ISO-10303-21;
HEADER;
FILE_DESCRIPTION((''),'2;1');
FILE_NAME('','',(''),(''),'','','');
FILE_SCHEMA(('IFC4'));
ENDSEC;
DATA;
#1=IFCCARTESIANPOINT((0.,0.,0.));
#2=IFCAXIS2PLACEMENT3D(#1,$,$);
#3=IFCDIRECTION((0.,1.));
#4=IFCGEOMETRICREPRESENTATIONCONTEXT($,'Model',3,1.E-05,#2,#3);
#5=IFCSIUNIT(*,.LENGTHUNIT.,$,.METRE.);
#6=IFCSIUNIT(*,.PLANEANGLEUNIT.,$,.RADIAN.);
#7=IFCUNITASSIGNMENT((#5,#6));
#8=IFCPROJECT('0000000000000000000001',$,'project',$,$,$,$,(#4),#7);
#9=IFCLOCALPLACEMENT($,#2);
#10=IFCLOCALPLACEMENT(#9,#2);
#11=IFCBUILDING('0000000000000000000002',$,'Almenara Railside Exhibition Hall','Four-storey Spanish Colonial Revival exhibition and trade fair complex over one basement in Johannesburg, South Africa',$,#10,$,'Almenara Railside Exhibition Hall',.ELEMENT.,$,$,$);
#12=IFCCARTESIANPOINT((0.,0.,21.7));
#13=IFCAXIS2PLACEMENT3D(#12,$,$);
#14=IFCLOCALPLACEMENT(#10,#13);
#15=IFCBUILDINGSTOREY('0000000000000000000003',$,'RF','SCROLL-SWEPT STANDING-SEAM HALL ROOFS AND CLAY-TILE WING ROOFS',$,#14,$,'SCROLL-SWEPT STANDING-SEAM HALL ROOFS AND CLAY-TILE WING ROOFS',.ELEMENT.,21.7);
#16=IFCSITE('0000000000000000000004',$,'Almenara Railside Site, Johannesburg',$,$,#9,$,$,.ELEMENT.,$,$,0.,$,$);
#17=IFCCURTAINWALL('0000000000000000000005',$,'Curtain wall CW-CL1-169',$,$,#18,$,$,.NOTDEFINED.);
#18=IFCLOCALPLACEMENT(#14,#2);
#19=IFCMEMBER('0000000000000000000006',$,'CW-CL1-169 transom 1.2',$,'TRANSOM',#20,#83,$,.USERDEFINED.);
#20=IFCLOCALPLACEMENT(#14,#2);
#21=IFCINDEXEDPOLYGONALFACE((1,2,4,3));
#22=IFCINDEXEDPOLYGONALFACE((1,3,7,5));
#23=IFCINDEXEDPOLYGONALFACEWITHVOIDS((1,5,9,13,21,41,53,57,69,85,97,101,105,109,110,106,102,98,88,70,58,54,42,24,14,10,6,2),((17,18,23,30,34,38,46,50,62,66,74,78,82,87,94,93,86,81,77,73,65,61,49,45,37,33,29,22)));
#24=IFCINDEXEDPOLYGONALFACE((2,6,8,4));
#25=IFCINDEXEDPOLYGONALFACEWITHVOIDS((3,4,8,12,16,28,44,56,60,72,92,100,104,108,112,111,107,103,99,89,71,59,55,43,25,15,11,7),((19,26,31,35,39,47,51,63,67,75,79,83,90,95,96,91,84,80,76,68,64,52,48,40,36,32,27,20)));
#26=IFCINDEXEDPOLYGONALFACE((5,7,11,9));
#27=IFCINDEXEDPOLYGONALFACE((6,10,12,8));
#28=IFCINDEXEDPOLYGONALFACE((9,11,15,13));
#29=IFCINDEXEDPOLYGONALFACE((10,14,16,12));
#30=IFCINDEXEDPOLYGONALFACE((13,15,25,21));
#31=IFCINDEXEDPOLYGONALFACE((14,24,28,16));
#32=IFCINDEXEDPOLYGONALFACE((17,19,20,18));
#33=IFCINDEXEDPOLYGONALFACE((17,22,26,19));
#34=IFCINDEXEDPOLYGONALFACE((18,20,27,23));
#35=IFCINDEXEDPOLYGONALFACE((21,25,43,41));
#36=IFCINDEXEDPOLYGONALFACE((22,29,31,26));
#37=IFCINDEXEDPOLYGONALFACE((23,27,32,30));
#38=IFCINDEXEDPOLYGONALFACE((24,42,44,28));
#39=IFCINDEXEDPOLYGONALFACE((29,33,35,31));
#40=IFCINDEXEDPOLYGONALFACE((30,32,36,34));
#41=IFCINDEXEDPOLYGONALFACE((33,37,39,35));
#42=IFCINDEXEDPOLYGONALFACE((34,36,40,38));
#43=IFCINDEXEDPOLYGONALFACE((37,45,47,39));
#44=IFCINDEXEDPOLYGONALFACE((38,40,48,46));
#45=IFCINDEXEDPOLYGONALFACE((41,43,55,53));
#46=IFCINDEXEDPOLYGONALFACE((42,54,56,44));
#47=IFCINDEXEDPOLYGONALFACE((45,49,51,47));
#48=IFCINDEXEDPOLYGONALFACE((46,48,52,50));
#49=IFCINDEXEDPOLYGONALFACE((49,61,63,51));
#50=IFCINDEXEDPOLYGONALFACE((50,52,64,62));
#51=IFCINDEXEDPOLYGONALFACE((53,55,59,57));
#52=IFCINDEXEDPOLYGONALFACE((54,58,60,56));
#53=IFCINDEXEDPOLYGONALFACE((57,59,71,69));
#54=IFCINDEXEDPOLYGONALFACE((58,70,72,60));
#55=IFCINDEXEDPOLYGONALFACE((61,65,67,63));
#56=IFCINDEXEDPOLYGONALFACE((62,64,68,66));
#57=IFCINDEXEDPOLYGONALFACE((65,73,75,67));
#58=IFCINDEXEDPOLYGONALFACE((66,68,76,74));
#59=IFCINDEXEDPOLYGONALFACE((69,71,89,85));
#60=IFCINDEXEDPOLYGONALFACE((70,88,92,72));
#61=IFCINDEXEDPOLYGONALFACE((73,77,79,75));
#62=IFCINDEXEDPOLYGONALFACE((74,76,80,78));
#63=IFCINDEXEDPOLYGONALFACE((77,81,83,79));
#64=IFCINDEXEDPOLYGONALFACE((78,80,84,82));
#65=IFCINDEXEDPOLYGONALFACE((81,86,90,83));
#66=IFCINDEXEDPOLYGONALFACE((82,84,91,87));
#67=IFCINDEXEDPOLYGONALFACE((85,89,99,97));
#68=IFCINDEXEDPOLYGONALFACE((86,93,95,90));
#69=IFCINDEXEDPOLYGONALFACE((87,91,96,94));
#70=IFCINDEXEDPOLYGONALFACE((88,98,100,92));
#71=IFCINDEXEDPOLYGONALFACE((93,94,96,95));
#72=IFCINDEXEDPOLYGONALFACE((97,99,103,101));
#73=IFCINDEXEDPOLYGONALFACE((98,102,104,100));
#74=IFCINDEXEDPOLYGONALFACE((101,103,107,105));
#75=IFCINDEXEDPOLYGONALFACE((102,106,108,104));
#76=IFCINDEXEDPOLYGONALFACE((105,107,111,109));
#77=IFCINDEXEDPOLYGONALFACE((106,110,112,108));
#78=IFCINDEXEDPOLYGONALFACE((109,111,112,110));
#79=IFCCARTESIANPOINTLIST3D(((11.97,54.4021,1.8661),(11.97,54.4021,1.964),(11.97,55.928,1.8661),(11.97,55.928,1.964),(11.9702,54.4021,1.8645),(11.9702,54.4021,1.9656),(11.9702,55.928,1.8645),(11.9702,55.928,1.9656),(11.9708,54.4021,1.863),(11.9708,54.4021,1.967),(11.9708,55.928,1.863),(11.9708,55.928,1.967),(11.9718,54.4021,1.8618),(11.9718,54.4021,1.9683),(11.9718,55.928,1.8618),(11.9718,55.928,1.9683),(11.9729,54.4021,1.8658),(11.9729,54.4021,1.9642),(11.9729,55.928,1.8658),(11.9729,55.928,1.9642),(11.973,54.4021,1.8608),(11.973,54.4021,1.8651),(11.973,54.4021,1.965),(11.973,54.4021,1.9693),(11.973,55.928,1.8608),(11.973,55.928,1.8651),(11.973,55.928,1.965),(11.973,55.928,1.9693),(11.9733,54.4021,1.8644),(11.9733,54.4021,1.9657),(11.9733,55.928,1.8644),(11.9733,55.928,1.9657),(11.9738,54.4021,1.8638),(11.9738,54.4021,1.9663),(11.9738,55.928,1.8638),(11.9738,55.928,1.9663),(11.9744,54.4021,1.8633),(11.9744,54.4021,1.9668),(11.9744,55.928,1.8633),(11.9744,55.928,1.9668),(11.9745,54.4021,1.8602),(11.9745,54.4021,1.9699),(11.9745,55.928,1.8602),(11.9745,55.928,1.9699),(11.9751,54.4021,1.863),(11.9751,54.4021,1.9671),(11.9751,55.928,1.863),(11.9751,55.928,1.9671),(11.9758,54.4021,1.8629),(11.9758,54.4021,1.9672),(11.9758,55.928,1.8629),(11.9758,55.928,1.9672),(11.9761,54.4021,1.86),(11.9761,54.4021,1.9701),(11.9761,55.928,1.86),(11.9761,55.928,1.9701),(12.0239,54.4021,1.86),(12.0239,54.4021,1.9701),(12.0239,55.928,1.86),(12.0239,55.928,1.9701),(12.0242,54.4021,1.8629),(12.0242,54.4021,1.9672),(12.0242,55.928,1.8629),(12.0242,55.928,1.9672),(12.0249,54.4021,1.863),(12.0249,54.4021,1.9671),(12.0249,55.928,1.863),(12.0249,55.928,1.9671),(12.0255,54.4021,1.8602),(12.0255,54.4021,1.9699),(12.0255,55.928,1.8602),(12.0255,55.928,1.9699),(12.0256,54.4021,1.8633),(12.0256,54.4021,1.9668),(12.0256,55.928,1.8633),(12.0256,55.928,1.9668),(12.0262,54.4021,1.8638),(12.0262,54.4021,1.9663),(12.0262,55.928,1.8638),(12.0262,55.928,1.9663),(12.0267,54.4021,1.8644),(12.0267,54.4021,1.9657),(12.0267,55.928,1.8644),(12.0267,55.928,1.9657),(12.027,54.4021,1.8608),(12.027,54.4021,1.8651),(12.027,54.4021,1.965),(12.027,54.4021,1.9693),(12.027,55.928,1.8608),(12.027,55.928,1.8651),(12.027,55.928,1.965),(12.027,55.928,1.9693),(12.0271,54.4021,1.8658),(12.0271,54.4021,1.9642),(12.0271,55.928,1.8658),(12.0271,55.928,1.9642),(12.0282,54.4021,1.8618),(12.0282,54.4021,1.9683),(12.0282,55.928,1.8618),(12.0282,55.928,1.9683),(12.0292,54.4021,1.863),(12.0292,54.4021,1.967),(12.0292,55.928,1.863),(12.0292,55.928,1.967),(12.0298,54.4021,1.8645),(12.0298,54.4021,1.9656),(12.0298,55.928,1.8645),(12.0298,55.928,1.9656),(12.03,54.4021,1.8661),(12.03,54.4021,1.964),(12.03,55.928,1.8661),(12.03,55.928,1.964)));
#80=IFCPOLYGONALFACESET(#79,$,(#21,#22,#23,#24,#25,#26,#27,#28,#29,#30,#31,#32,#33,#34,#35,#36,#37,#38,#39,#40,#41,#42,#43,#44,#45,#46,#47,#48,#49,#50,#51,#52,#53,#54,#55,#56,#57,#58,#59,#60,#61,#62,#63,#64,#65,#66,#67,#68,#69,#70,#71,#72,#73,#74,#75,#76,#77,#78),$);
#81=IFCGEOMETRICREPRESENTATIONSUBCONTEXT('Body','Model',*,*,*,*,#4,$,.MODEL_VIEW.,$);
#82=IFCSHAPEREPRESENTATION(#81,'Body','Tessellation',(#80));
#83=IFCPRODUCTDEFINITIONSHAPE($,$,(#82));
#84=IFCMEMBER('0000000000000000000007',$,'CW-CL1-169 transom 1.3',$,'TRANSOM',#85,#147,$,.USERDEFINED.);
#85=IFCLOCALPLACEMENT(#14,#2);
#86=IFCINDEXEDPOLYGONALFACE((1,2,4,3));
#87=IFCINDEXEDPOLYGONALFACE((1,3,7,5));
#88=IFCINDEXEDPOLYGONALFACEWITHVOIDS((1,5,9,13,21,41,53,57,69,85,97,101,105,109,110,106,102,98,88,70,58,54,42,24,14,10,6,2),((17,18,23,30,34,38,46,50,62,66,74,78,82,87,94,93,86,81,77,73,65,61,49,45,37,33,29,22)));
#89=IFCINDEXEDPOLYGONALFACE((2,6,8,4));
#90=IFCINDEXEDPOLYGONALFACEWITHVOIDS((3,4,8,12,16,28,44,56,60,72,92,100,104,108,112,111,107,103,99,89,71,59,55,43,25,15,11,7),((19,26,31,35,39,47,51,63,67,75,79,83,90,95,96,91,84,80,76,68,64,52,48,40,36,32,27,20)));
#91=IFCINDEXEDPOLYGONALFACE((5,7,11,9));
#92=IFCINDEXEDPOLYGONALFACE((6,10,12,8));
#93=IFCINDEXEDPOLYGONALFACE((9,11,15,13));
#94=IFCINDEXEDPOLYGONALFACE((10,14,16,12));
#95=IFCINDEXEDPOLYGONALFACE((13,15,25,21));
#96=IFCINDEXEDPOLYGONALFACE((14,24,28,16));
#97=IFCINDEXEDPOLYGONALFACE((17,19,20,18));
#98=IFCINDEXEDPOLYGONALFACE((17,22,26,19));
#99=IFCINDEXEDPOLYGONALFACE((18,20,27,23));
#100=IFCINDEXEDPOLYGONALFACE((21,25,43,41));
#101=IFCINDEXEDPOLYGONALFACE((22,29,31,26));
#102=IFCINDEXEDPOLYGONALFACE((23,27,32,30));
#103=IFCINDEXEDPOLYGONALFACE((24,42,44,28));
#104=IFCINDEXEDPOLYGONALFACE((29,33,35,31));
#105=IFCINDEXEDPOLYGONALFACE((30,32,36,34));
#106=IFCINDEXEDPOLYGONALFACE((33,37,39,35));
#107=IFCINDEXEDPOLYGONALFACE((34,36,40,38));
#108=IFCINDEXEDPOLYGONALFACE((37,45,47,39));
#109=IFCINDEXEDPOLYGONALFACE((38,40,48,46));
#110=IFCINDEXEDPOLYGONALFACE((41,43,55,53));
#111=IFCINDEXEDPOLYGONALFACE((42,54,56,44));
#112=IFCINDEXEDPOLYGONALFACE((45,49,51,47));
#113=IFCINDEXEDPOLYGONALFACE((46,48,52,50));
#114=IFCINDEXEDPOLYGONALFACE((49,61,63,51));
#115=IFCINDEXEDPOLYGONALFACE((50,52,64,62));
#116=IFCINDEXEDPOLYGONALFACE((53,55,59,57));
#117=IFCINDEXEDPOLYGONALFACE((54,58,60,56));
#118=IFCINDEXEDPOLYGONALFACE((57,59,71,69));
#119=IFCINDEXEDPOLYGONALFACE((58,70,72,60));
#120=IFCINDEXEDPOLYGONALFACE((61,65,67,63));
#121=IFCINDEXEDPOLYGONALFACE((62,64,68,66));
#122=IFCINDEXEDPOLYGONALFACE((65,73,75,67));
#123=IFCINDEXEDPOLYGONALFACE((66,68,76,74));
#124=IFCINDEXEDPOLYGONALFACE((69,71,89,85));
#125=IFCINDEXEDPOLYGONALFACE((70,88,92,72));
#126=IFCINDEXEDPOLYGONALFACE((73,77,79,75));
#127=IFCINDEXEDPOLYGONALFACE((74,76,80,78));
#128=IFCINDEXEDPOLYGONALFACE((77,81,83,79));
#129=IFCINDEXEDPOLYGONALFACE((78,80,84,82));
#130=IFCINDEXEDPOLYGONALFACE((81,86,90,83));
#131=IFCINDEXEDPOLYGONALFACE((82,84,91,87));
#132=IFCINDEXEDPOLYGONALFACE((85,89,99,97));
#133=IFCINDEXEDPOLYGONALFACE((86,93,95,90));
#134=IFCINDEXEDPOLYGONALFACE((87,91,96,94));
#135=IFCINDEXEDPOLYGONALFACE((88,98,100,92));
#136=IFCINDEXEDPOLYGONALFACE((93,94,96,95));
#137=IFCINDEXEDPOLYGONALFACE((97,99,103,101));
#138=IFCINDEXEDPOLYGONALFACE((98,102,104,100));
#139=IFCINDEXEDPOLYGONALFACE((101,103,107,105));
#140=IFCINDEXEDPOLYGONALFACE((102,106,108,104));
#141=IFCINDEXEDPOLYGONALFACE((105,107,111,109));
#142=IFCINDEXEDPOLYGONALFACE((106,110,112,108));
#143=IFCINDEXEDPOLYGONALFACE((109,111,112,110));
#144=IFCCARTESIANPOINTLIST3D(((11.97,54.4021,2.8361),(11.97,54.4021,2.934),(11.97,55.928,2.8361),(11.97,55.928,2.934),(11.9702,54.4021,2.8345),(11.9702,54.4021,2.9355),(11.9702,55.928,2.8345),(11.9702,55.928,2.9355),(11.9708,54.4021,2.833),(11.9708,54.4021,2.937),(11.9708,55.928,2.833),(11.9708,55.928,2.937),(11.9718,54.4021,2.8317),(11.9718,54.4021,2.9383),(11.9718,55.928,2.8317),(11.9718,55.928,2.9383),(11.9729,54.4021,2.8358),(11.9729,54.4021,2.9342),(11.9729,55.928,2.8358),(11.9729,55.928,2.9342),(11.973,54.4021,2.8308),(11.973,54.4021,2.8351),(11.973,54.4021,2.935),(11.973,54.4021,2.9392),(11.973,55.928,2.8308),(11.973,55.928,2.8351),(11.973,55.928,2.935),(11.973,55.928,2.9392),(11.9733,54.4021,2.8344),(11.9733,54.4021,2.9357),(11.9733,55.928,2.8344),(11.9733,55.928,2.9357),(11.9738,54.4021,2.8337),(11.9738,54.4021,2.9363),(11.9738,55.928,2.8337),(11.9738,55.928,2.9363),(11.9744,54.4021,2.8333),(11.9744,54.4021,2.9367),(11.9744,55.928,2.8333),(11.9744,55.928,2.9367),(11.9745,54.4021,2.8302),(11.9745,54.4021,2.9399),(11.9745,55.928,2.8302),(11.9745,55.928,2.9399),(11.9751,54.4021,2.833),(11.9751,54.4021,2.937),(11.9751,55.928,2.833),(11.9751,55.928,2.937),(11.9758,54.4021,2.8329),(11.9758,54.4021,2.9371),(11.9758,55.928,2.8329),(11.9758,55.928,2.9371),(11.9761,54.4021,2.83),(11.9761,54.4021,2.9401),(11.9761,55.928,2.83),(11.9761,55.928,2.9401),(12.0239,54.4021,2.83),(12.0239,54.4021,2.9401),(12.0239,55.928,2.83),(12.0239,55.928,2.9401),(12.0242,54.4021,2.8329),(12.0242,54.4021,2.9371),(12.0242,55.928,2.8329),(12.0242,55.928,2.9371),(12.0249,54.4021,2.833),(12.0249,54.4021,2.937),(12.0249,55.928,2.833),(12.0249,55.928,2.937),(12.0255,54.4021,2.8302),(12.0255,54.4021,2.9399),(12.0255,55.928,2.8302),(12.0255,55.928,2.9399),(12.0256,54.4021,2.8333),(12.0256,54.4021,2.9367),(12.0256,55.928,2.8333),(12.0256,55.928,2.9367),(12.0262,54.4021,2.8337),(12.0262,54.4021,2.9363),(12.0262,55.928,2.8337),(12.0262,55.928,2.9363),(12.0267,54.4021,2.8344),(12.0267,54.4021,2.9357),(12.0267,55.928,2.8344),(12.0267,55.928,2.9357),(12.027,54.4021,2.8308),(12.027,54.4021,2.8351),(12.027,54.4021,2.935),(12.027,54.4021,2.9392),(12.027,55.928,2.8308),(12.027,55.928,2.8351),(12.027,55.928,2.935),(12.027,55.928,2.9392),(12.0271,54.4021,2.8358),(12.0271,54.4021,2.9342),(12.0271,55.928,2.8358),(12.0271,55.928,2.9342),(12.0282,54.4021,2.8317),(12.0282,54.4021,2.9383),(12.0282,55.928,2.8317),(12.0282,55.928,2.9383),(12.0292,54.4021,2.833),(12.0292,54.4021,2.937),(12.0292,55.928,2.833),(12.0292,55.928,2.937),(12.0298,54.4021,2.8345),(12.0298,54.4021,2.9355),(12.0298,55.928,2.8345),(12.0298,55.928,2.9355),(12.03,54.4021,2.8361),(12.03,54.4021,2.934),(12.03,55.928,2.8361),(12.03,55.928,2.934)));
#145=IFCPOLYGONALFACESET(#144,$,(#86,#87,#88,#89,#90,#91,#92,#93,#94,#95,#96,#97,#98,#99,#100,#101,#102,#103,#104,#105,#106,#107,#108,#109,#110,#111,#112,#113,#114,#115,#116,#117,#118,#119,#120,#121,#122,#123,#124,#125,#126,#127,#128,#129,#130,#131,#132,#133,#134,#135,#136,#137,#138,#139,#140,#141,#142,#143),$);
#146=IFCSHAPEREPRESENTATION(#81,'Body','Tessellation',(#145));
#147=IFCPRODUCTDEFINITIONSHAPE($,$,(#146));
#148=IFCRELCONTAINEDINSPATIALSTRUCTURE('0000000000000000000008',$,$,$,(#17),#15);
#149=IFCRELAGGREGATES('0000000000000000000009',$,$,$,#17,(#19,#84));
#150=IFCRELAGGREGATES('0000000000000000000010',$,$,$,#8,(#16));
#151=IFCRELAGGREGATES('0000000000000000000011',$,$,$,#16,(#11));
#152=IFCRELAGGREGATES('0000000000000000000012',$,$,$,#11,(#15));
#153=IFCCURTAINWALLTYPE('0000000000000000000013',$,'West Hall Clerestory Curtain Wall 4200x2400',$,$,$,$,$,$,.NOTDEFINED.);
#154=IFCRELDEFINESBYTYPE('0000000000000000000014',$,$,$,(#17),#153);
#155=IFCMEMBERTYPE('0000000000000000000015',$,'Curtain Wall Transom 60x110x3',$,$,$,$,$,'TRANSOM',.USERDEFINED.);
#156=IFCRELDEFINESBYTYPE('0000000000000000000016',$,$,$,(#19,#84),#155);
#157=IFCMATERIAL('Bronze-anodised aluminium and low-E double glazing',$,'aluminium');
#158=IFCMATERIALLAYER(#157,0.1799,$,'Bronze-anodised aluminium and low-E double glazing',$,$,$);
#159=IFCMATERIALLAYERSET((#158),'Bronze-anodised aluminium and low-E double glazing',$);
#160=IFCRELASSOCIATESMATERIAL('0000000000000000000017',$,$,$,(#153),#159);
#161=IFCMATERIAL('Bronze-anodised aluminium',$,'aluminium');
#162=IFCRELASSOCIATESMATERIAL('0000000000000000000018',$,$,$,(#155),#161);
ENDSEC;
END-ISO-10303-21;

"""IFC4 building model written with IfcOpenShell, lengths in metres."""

from ifc_helpers import new_model, si_unit, direction, frame, origin, origin_2d, place, context, subcontext, project, spatial, hollow_rectangle, extrude, material, layer, layer_set, material_profile, profile_set, type_object, element, aggregate, save


model = new_model("IFC4")

# Units and contexts
model_context = context("Model", 3, precision=1e-05, world=origin(), true_north=direction((0.0, 1.0)))
body_context = subcontext(model_context, "Body", "Model", "MODEL_VIEW")
ifc_project = project(units=[si_unit("LENGTHUNIT", "METRE"), si_unit("PLANEANGLEUNIT", "RADIAN")], contexts=[model_context])

# Site, building, storey
site_placement = place(None, origin())
site = spatial("IfcSite", under=ifc_project, at=site_placement, Name="Almenara Railside Site, Johannesburg", CompositionType="ELEMENT", RefElevation=0.0)
building_placement = place(site_placement, origin())
building = spatial("IfcBuilding", under=site, at=building_placement, Name="Almenara Railside Exhibition Hall", Description="Four-storey Spanish Colonial Revival exhibition and trade fair complex over one basement in Johannesburg, South Africa", LongName="Almenara Railside Exhibition Hall", CompositionType="ELEMENT")
storey_placement = place(building_placement, frame((0.0, 0.0, 21.7)))
storey = spatial("IfcBuildingStorey", under=building, at=storey_placement, Name="RF", Description="SCROLL-SWEPT STANDING-SEAM HALL ROOFS AND CLAY-TILE WING ROOFS", LongName="SCROLL-SWEPT STANDING-SEAM HALL ROOFS AND CLAY-TILE WING ROOFS", CompositionType="ELEMENT", Elevation=21.7)

# Curtain wall, members
ifc_material_1 = material(Name="Bronze-anodised aluminium and low-E double glazing", Category="aluminium")
ifc_layer_1 = layer(ifc_material_1, 0.1799, Name="Bronze-anodised aluminium and low-E double glazing")
ifc_layer_set_1 = layer_set([ifc_layer_1], Name="Bronze-anodised aluminium and low-E double glazing")
curtain_wall_type_1 = type_object("IfcCurtainWallType", Name="West Hall Clerestory Curtain Wall 4200x2400", PredefinedType="NOTDEFINED", material=ifc_layer_set_1)
curtain_wall_1_placement = place(storey_placement, origin())
curtain_wall_1 = element("IfcCurtainWall", 1, at=curtain_wall_1_placement, inside=storey, type_object=curtain_wall_type_1, Name="Curtain wall CW-CL1-169", PredefinedType="NOTDEFINED")
ifc_material_2 = material(Name="Bronze-anodised aluminium", Category="aluminium")
ifc_material_profile_1 = material_profile(ifc_material_2, hollow_rectangle(XDim=0.0601, YDim=0.1101, WallThickness=0.0029, InnerFilletRadius=0.0029, OuterFilletRadius=0.0061, at=origin_2d()), Name="ALU-TRN 60x110x3")
ifc_profile_set_1 = profile_set([ifc_material_profile_1], Name="Bronze-anodised aluminium")
member_type_1 = type_object("IfcMemberType", Name="Curtain Wall Transom 60x110x3", ElementType="TRANSOM", PredefinedType="USERDEFINED", material=ifc_profile_set_1)
member_1_placement = place(storey_placement, frame((12.0, 54.4021, 1.915), z_axis=(0.0, 1.0, 0.0), x_axis=(-1.0, 0.0, 0.0)))
member_1 = element("IfcMember", 2, at=member_1_placement, type_object=member_type_1, Name="CW-CL1-169 transom 1.2", ObjectType="TRANSOM", PredefinedType="USERDEFINED", context=body_context, shape_type="SweptSolid", body=[
    extrude(hollow_rectangle(XDim=0.0601, YDim=0.1101, WallThickness=0.0029, InnerFilletRadius=0.0029, OuterFilletRadius=0.0061, at=origin_2d()), origin(), (0.0, 0.0, 1.0), 1.5259),
])
member_2_placement = place(storey_placement, frame((12.0, 54.4021, 2.885), z_axis=(0.0, 1.0, 0.0), x_axis=(-1.0, 0.0, 0.0)))
member_2 = element("IfcMember", 3, at=member_2_placement, type_object=member_type_1, Name="CW-CL1-169 transom 1.3", ObjectType="TRANSOM", PredefinedType="USERDEFINED", context=body_context, shape_type="SweptSolid", body=[
    extrude(hollow_rectangle(XDim=0.0601, YDim=0.1101, WallThickness=0.0029, InnerFilletRadius=0.0029, OuterFilletRadius=0.0061, at=origin_2d()), origin(), (0.0, 0.0, 1.0), 1.5259),
])

aggregate(curtain_wall_1, [member_1, member_2])

save(model, "model.ifc")
